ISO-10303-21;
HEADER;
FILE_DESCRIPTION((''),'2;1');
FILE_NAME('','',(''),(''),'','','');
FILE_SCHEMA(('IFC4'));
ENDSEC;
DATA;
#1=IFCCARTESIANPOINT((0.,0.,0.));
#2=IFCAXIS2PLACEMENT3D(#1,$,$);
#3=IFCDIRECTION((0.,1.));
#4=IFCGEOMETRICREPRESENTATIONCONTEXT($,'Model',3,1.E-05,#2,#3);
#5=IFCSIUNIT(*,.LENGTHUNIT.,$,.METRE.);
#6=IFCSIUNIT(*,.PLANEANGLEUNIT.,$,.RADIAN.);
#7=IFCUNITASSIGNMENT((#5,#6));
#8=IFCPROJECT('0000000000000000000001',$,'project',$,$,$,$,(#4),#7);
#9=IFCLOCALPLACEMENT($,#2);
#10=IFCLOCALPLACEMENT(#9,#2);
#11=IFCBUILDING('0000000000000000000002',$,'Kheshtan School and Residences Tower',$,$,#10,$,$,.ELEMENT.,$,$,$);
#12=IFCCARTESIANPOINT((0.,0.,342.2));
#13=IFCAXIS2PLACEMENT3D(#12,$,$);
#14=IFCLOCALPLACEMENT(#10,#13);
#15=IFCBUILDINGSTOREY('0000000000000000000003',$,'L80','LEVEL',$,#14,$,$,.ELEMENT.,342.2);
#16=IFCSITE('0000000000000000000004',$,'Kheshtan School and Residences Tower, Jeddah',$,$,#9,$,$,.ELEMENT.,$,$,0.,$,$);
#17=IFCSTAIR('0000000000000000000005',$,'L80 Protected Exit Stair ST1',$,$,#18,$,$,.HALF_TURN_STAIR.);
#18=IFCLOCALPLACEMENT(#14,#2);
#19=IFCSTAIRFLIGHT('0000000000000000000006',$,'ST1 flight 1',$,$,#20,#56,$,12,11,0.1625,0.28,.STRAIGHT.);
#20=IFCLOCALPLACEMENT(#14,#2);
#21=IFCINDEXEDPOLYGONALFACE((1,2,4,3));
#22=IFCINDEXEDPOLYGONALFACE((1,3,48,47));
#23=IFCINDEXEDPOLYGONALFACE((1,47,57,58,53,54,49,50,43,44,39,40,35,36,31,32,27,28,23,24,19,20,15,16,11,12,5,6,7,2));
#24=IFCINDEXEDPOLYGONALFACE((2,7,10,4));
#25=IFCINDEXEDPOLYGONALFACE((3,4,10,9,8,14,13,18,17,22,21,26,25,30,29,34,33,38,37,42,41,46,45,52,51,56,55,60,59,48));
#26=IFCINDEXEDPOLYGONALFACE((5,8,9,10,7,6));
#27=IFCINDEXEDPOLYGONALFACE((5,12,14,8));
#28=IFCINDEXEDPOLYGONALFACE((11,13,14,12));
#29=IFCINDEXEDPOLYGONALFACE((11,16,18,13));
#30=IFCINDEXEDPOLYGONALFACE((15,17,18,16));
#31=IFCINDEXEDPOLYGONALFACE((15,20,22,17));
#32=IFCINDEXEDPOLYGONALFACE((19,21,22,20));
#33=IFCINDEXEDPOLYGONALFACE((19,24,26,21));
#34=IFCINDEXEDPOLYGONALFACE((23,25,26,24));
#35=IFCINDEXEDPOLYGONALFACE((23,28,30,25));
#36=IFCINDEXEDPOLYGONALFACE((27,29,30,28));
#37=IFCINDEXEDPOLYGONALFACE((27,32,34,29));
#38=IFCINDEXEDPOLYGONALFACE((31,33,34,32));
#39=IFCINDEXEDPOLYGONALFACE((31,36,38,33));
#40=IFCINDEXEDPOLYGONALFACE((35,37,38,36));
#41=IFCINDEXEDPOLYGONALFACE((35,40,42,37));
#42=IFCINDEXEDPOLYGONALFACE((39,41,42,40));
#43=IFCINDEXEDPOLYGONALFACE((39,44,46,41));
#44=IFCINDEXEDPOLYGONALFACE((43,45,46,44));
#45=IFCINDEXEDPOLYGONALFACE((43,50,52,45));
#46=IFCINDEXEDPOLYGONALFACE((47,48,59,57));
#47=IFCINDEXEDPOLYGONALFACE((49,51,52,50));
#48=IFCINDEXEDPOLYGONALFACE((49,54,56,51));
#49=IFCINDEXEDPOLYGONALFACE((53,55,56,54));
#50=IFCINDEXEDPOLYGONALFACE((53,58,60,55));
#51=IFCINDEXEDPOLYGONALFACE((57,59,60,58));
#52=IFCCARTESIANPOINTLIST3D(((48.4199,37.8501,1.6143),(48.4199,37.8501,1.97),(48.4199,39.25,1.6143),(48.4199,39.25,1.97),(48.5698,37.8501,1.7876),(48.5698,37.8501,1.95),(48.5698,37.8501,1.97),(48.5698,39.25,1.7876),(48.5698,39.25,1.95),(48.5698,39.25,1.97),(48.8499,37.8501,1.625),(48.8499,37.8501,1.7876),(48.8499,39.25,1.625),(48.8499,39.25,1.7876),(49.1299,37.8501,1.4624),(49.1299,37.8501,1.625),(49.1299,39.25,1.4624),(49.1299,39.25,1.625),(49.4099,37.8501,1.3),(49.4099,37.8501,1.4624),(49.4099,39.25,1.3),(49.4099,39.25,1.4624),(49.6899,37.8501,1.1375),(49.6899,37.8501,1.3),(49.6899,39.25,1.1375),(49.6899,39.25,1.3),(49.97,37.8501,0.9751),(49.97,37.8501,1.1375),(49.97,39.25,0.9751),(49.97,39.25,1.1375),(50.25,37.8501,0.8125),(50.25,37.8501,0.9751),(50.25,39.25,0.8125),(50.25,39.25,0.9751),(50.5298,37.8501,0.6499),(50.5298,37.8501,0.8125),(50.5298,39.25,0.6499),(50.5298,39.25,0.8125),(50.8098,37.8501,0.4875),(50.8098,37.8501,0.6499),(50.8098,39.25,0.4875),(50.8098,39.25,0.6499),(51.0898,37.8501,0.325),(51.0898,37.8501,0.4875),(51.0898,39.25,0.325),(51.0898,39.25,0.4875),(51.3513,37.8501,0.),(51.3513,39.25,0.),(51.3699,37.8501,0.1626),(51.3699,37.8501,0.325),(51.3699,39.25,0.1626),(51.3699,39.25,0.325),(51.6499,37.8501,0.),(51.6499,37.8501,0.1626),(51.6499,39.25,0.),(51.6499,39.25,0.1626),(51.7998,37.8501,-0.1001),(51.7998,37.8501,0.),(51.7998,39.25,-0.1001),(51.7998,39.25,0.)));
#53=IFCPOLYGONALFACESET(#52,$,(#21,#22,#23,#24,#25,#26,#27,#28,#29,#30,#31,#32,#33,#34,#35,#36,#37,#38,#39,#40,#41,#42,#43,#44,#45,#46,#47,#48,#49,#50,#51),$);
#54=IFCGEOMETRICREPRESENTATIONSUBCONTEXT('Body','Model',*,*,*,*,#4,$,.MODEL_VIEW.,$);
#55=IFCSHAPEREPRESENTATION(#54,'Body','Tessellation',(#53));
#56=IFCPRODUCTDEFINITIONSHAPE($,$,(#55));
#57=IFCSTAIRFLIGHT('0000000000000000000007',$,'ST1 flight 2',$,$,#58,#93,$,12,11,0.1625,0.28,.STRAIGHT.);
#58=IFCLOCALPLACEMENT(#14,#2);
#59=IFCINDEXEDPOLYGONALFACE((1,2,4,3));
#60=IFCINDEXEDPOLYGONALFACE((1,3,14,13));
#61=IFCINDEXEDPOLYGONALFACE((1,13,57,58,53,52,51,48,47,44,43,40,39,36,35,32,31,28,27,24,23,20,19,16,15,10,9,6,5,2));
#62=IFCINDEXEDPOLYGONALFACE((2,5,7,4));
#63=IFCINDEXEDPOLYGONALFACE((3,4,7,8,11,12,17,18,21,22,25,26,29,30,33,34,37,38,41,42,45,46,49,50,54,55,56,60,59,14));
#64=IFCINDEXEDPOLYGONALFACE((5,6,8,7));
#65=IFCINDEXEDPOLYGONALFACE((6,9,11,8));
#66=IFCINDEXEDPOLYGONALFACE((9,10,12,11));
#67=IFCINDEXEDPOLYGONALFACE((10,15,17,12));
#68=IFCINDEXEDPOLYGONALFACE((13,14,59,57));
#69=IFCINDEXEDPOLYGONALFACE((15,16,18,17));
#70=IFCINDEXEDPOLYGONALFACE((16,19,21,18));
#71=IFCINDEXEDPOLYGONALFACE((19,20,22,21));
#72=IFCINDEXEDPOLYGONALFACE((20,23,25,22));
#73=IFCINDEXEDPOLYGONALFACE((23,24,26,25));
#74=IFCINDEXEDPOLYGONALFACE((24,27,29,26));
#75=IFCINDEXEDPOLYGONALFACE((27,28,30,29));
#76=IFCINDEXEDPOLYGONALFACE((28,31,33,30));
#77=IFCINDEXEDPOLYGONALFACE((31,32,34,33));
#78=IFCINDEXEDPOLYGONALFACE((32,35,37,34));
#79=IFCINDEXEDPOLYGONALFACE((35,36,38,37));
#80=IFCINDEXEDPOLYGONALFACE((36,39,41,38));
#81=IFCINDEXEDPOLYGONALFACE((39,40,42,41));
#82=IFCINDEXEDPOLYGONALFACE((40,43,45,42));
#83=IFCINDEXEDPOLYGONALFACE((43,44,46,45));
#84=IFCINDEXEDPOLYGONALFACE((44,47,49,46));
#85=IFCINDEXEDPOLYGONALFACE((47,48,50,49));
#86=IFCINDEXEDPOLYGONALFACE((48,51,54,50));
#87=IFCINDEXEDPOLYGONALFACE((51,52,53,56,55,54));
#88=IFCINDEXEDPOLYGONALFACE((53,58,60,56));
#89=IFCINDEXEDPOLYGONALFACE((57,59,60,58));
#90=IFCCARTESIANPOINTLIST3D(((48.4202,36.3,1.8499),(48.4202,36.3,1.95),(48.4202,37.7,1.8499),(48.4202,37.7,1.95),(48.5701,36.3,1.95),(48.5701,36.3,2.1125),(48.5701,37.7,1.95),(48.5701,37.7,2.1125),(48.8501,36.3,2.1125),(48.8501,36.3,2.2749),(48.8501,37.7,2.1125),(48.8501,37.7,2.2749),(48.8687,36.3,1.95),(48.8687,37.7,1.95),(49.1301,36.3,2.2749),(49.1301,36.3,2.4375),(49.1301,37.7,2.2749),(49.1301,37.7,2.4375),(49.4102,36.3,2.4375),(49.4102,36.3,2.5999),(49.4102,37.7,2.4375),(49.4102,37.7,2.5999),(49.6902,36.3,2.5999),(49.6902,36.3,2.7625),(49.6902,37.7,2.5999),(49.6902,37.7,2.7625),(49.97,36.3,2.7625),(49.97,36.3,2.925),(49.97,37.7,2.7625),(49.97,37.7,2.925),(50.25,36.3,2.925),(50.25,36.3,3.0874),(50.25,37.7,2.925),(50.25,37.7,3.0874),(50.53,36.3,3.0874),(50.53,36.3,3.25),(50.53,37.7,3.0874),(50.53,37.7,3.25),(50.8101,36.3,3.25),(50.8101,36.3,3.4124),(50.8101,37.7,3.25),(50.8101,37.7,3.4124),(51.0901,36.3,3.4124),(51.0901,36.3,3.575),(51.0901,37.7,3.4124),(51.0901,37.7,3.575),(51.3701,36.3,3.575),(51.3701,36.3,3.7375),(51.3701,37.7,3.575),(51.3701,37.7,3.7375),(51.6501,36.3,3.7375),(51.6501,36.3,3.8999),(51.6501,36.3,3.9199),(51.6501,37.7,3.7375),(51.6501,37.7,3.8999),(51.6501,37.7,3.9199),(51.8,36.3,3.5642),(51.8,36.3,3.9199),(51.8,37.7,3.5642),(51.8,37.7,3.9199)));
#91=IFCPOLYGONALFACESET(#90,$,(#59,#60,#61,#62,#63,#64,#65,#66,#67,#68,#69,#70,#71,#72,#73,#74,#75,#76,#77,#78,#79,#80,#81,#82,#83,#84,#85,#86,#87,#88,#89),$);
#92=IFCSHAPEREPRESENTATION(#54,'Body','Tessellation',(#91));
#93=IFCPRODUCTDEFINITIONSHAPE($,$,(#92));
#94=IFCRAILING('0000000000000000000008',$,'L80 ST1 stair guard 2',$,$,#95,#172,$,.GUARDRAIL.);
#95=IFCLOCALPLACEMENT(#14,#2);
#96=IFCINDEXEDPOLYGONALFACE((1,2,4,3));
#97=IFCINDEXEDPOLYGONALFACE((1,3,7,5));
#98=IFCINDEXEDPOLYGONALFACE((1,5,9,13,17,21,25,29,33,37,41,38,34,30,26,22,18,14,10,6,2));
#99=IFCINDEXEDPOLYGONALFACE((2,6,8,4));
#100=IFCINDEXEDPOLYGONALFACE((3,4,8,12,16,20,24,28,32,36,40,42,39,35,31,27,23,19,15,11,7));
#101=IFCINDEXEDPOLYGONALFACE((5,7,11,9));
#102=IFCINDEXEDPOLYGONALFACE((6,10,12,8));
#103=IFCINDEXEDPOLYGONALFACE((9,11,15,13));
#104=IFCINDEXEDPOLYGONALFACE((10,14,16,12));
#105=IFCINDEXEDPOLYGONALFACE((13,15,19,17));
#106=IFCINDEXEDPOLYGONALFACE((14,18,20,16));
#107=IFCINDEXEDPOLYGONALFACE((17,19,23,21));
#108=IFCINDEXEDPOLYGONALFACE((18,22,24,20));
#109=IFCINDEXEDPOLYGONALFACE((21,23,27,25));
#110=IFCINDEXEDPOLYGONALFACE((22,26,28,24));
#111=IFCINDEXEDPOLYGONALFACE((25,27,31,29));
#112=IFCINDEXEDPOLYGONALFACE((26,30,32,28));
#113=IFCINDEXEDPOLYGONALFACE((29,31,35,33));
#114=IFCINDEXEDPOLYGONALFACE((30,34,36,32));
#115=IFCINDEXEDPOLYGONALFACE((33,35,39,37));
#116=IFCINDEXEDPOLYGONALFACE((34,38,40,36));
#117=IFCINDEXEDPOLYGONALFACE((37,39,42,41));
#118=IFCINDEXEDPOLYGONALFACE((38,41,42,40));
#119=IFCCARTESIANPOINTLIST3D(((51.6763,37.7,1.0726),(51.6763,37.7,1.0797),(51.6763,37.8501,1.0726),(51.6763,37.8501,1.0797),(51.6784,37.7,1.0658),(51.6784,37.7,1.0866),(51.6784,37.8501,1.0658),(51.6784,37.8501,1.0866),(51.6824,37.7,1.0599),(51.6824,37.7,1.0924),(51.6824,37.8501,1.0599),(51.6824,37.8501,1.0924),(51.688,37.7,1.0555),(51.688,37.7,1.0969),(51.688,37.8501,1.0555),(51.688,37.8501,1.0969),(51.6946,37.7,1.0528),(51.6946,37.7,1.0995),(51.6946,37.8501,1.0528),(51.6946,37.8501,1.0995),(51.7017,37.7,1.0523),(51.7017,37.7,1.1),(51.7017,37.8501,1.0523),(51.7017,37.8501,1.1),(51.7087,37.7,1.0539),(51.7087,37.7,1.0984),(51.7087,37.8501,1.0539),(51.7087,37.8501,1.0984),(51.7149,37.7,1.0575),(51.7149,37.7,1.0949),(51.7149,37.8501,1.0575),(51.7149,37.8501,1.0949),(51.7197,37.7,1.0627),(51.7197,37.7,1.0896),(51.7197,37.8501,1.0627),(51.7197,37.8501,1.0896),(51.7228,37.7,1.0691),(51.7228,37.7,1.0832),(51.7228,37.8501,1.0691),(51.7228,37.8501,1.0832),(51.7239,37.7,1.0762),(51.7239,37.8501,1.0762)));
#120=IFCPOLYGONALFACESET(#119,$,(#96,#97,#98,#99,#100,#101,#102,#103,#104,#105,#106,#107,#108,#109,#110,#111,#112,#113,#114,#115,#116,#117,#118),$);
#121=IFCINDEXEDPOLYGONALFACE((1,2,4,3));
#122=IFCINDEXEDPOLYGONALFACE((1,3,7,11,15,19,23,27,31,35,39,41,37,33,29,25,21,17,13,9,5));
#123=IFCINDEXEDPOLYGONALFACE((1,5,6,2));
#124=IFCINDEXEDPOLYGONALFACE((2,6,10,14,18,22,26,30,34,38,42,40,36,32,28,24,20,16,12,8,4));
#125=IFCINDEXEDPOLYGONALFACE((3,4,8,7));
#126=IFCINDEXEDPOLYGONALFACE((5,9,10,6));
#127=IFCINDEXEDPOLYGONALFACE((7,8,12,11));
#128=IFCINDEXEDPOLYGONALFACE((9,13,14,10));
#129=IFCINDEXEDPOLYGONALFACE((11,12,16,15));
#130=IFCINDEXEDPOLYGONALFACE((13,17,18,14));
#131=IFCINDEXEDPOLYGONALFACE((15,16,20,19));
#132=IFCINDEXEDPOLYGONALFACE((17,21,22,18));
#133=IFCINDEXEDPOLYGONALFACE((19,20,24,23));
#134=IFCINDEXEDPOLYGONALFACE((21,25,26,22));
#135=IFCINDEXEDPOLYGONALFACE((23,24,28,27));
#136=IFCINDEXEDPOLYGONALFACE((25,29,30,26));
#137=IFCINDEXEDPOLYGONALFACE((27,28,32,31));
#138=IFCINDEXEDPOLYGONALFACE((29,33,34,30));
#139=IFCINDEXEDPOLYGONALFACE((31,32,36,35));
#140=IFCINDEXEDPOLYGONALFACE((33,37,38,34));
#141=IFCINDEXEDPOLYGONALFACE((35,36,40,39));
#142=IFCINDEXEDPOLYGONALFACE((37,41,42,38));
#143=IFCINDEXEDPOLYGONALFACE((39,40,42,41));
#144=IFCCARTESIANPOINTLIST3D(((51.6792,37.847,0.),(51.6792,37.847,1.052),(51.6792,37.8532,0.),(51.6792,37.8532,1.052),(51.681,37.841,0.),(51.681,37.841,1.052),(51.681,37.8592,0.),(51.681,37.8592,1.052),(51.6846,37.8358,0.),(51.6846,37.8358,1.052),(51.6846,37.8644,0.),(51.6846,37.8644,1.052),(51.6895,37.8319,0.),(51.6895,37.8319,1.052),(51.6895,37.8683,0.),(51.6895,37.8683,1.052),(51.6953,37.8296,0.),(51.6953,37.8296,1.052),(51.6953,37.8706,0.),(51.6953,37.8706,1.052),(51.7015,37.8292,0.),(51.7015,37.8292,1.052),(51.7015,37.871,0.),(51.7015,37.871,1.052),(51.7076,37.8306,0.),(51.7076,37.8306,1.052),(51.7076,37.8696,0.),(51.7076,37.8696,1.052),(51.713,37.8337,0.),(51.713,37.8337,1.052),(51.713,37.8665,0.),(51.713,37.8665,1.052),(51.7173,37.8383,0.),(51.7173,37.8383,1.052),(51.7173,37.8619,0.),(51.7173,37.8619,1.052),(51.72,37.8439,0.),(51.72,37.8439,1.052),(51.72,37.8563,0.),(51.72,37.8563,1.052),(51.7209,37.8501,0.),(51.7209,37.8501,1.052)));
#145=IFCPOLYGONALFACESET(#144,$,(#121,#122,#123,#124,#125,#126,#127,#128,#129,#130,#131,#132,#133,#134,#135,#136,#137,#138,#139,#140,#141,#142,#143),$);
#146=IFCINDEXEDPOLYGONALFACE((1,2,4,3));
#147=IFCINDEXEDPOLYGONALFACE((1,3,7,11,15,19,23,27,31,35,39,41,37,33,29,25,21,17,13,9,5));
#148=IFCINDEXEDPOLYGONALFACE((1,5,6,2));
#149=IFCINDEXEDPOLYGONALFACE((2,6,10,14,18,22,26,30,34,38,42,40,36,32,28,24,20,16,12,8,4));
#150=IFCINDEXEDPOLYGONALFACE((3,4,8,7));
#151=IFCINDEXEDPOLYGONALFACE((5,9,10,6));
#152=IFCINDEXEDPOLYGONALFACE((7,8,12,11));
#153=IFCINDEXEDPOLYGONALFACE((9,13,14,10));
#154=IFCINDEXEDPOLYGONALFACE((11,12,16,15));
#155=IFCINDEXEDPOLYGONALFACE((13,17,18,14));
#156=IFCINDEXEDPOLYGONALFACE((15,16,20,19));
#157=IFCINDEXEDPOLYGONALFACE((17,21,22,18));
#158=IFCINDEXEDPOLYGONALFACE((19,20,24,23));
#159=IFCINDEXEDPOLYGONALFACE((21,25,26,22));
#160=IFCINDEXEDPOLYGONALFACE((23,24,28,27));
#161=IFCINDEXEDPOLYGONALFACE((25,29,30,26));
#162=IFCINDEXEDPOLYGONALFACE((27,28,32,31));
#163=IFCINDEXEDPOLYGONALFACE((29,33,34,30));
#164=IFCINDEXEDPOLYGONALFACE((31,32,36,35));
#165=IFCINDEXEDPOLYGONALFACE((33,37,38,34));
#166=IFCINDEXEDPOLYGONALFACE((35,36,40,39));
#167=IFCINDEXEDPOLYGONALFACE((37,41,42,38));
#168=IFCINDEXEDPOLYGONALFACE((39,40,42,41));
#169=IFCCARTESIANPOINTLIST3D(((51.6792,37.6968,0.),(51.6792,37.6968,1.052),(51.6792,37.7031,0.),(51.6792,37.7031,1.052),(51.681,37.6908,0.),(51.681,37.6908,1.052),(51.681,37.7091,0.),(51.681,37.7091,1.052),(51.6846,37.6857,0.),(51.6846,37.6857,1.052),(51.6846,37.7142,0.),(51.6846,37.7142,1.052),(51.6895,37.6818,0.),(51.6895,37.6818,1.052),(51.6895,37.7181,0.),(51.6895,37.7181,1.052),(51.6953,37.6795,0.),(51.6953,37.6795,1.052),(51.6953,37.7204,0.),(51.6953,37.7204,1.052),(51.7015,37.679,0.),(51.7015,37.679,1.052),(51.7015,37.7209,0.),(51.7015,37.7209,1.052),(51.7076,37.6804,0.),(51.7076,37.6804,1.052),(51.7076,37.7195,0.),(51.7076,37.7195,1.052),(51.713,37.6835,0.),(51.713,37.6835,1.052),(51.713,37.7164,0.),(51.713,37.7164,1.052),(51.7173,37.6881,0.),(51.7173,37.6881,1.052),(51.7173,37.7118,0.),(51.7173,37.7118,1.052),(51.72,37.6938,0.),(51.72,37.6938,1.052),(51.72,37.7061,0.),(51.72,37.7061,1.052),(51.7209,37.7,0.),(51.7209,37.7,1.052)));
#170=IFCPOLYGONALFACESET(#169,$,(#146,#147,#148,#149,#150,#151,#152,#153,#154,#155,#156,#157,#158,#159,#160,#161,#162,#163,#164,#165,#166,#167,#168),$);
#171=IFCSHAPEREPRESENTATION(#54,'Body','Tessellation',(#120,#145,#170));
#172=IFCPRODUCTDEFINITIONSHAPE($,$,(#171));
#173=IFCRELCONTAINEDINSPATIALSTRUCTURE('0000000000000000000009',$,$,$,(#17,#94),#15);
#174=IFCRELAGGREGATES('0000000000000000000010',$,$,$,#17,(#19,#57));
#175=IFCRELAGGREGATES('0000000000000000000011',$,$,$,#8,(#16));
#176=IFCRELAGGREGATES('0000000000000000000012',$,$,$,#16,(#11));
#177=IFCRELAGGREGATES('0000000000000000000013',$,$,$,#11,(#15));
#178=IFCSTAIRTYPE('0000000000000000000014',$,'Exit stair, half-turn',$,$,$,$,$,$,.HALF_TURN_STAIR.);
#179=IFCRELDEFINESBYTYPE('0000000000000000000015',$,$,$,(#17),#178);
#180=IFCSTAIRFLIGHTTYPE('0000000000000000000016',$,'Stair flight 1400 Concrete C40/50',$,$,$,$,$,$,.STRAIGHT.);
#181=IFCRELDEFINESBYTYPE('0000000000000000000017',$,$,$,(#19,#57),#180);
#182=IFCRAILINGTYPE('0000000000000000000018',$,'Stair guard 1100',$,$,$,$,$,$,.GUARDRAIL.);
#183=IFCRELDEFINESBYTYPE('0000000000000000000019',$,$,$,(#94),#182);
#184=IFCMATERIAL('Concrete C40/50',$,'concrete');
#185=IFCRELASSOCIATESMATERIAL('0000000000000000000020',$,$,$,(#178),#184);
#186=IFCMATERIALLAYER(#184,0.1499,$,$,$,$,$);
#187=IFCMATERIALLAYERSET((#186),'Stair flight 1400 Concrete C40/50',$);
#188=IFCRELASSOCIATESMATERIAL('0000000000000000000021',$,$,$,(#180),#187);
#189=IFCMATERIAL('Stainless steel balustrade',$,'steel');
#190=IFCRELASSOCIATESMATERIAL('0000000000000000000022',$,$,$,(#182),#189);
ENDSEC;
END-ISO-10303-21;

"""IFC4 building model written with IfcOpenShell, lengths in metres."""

from ifc_helpers import new_model, si_unit, direction, frame, origin, origin_2d, place, context, subcontext, project, spatial, polyline, circle, outline, extrude, material, layer, layer_set, type_object, element, aggregate, save


model = new_model("IFC4")

# Units and contexts
model_context = context("Model", 3, precision=1e-05, world=origin(), true_north=direction((0.0, 1.0)))
body_context = subcontext(model_context, "Body", "Model", "MODEL_VIEW")
ifc_project = project(units=[si_unit("LENGTHUNIT", "METRE"), si_unit("PLANEANGLEUNIT", "RADIAN")], contexts=[model_context])

# Site, building, storey
site_placement = place(None, origin())
site = spatial("IfcSite", under=ifc_project, at=site_placement, Name="Kheshtan School and Residences Tower, Jeddah", CompositionType="ELEMENT", RefElevation=0.0)
building_placement = place(site_placement, origin())
building = spatial("IfcBuilding", under=site, at=building_placement, Name="Kheshtan School and Residences Tower", CompositionType="ELEMENT")
storey_placement = place(building_placement, frame((0.0, 0.0, 342.2)))
storey = spatial("IfcBuildingStorey", under=building, at=storey_placement, Name="L80", Description="LEVEL", CompositionType="ELEMENT", Elevation=342.2)

# Stair, stair flights
ifc_material_1 = material(Name="Concrete C40/50", Category="concrete")
stair_type = type_object("IfcStairType", Name="Exit stair, half-turn", PredefinedType="HALF_TURN_STAIR", material=ifc_material_1)
stair_placement = place(storey_placement, origin())
stair = element("IfcStair", 1, at=stair_placement, inside=storey, type_object=stair_type, Name="L80 Protected Exit Stair ST1", PredefinedType="HALF_TURN_STAIR")
ifc_layer_1 = layer(ifc_material_1, 0.1499)
ifc_layer_set_1 = layer_set([ifc_layer_1], Name="Stair flight 1400 Concrete C40/50")
stair_flight_type = type_object("IfcStairFlightType", Name="Stair flight 1400 Concrete C40/50", PredefinedType="STRAIGHT", material=ifc_layer_set_1)
stair_flight_1_placement = place(storey_placement, frame((51.6499, 38.55, 0.0), z_axis=(0.0, 0.0, 1.0), x_axis=(-1.0, 0.0, 0.0)))
stair_flight_1 = element("IfcStairFlight", 2, at=stair_flight_1_placement, type_object=stair_flight_type, Name="ST1 flight 1", NumberOfRisers=12, NumberOfTreads=11, PredefinedType="STRAIGHT", RiserHeight=0.1625, TreadLength=0.28, context=body_context, shape_type="SweptSolid", body=[
    extrude(outline(polyline([(-0.1499, -0.1001), (-0.1499, 0.0), (0.0, 0.0), (0.0, 0.1626), (0.28, 0.1626), (0.28, 0.325), (0.5601, 0.325), (0.5601, 0.4875), (0.8401, 0.4875), (0.8401, 0.6499), (1.1201, 0.6499), (1.1201, 0.8125), (1.3999, 0.8125), (1.3999, 0.9751), (1.6799, 0.9751), (1.6799, 1.1375), (1.96, 1.1375), (1.96, 1.3), (2.24, 1.3), (2.24, 1.4624), (2.52, 1.4624), (2.52, 1.625), (2.8, 1.625), (2.8, 1.7876), (3.0801, 1.7876), (3.0801, 1.95), (3.0801, 1.97), (3.23, 1.97), (3.23, 1.6143), (0.2986, 0.0), (-0.1499, -0.1001)])), frame((0.0, 0.7, 0.0), z_axis=(0.0, -1.0, 0.0), x_axis=(1.0, 0.0, 0.0)), (0.0, 0.0, 1.0), 1.3999),
])
stair_flight_2_placement = place(storey_placement, frame((48.5701, 37.0, 1.95), z_axis=(0.0, 0.0, 1.0), x_axis=(1.0, 0.0, 0.0)))
stair_flight_2 = element("IfcStairFlight", 3, at=stair_flight_2_placement, type_object=stair_flight_type, Name="ST1 flight 2", NumberOfRisers=12, NumberOfTreads=11, PredefinedType="STRAIGHT", RiserHeight=0.1625, TreadLength=0.28, context=body_context, shape_type="SweptSolid", body=[
    extrude(outline(polyline([(-0.1499, -0.1001), (-0.1499, 0.0), (0.0, 0.0), (0.0, 0.1626), (0.28, 0.1626), (0.28, 0.325), (0.5601, 0.325), (0.5601, 0.4875), (0.8401, 0.4875), (0.8401, 0.6499), (1.1201, 0.6499), (1.1201, 0.8125), (1.3999, 0.8125), (1.3999, 0.9751), (1.6799, 0.9751), (1.6799, 1.1375), (1.96, 1.1375), (1.96, 1.3), (2.24, 1.3), (2.24, 1.4624), (2.52, 1.4624), (2.52, 1.625), (2.8, 1.625), (2.8, 1.7876), (3.0801, 1.7876), (3.0801, 1.95), (3.0801, 1.97), (3.23, 1.97), (3.23, 1.6143), (0.2986, 0.0), (-0.1499, -0.1001)])), frame((0.0, 0.7, 0.0), z_axis=(0.0, -1.0, 0.0), x_axis=(1.0, 0.0, 0.0)), (0.0, 0.0, 1.0), 1.3999),
])
aggregate(stair, [stair_flight_1, stair_flight_2])

# Railing
ifc_material_2 = material(Name="Stainless steel balustrade", Category="steel")
railing_type_1 = type_object("IfcRailingType", Name="Stair guard 1100", PredefinedType="GUARDRAIL", material=ifc_material_2)
railing_1_placement = place(storey_placement, frame((51.7, 37.8501, 0.0)))
element("IfcRailing", 4, at=railing_1_placement, inside=storey, type_object=railing_type_1, Name="L80 ST1 stair guard 2", PredefinedType="GUARDRAIL", context=body_context, shape_type="SweptSolid", body=[
    extrude(circle(Radius=0.0239, at=origin_2d()), frame((0.0, 0.0, 1.0762), z_axis=(0.0, -1.0, 0.0), x_axis=(1.0, 0.0, 0.0)), (0.0, 0.0, 1.0), 0.1501),
    extrude(circle(Radius=0.021, at=origin_2d()), origin(), (0.0, 0.0, 1.0), 1.052),
    extrude(circle(Radius=0.021, at=origin_2d()), frame((0.0, -0.1501, 0.0)), (0.0, 0.0, 1.0), 1.052),
])

save(model, "model.ifc")
